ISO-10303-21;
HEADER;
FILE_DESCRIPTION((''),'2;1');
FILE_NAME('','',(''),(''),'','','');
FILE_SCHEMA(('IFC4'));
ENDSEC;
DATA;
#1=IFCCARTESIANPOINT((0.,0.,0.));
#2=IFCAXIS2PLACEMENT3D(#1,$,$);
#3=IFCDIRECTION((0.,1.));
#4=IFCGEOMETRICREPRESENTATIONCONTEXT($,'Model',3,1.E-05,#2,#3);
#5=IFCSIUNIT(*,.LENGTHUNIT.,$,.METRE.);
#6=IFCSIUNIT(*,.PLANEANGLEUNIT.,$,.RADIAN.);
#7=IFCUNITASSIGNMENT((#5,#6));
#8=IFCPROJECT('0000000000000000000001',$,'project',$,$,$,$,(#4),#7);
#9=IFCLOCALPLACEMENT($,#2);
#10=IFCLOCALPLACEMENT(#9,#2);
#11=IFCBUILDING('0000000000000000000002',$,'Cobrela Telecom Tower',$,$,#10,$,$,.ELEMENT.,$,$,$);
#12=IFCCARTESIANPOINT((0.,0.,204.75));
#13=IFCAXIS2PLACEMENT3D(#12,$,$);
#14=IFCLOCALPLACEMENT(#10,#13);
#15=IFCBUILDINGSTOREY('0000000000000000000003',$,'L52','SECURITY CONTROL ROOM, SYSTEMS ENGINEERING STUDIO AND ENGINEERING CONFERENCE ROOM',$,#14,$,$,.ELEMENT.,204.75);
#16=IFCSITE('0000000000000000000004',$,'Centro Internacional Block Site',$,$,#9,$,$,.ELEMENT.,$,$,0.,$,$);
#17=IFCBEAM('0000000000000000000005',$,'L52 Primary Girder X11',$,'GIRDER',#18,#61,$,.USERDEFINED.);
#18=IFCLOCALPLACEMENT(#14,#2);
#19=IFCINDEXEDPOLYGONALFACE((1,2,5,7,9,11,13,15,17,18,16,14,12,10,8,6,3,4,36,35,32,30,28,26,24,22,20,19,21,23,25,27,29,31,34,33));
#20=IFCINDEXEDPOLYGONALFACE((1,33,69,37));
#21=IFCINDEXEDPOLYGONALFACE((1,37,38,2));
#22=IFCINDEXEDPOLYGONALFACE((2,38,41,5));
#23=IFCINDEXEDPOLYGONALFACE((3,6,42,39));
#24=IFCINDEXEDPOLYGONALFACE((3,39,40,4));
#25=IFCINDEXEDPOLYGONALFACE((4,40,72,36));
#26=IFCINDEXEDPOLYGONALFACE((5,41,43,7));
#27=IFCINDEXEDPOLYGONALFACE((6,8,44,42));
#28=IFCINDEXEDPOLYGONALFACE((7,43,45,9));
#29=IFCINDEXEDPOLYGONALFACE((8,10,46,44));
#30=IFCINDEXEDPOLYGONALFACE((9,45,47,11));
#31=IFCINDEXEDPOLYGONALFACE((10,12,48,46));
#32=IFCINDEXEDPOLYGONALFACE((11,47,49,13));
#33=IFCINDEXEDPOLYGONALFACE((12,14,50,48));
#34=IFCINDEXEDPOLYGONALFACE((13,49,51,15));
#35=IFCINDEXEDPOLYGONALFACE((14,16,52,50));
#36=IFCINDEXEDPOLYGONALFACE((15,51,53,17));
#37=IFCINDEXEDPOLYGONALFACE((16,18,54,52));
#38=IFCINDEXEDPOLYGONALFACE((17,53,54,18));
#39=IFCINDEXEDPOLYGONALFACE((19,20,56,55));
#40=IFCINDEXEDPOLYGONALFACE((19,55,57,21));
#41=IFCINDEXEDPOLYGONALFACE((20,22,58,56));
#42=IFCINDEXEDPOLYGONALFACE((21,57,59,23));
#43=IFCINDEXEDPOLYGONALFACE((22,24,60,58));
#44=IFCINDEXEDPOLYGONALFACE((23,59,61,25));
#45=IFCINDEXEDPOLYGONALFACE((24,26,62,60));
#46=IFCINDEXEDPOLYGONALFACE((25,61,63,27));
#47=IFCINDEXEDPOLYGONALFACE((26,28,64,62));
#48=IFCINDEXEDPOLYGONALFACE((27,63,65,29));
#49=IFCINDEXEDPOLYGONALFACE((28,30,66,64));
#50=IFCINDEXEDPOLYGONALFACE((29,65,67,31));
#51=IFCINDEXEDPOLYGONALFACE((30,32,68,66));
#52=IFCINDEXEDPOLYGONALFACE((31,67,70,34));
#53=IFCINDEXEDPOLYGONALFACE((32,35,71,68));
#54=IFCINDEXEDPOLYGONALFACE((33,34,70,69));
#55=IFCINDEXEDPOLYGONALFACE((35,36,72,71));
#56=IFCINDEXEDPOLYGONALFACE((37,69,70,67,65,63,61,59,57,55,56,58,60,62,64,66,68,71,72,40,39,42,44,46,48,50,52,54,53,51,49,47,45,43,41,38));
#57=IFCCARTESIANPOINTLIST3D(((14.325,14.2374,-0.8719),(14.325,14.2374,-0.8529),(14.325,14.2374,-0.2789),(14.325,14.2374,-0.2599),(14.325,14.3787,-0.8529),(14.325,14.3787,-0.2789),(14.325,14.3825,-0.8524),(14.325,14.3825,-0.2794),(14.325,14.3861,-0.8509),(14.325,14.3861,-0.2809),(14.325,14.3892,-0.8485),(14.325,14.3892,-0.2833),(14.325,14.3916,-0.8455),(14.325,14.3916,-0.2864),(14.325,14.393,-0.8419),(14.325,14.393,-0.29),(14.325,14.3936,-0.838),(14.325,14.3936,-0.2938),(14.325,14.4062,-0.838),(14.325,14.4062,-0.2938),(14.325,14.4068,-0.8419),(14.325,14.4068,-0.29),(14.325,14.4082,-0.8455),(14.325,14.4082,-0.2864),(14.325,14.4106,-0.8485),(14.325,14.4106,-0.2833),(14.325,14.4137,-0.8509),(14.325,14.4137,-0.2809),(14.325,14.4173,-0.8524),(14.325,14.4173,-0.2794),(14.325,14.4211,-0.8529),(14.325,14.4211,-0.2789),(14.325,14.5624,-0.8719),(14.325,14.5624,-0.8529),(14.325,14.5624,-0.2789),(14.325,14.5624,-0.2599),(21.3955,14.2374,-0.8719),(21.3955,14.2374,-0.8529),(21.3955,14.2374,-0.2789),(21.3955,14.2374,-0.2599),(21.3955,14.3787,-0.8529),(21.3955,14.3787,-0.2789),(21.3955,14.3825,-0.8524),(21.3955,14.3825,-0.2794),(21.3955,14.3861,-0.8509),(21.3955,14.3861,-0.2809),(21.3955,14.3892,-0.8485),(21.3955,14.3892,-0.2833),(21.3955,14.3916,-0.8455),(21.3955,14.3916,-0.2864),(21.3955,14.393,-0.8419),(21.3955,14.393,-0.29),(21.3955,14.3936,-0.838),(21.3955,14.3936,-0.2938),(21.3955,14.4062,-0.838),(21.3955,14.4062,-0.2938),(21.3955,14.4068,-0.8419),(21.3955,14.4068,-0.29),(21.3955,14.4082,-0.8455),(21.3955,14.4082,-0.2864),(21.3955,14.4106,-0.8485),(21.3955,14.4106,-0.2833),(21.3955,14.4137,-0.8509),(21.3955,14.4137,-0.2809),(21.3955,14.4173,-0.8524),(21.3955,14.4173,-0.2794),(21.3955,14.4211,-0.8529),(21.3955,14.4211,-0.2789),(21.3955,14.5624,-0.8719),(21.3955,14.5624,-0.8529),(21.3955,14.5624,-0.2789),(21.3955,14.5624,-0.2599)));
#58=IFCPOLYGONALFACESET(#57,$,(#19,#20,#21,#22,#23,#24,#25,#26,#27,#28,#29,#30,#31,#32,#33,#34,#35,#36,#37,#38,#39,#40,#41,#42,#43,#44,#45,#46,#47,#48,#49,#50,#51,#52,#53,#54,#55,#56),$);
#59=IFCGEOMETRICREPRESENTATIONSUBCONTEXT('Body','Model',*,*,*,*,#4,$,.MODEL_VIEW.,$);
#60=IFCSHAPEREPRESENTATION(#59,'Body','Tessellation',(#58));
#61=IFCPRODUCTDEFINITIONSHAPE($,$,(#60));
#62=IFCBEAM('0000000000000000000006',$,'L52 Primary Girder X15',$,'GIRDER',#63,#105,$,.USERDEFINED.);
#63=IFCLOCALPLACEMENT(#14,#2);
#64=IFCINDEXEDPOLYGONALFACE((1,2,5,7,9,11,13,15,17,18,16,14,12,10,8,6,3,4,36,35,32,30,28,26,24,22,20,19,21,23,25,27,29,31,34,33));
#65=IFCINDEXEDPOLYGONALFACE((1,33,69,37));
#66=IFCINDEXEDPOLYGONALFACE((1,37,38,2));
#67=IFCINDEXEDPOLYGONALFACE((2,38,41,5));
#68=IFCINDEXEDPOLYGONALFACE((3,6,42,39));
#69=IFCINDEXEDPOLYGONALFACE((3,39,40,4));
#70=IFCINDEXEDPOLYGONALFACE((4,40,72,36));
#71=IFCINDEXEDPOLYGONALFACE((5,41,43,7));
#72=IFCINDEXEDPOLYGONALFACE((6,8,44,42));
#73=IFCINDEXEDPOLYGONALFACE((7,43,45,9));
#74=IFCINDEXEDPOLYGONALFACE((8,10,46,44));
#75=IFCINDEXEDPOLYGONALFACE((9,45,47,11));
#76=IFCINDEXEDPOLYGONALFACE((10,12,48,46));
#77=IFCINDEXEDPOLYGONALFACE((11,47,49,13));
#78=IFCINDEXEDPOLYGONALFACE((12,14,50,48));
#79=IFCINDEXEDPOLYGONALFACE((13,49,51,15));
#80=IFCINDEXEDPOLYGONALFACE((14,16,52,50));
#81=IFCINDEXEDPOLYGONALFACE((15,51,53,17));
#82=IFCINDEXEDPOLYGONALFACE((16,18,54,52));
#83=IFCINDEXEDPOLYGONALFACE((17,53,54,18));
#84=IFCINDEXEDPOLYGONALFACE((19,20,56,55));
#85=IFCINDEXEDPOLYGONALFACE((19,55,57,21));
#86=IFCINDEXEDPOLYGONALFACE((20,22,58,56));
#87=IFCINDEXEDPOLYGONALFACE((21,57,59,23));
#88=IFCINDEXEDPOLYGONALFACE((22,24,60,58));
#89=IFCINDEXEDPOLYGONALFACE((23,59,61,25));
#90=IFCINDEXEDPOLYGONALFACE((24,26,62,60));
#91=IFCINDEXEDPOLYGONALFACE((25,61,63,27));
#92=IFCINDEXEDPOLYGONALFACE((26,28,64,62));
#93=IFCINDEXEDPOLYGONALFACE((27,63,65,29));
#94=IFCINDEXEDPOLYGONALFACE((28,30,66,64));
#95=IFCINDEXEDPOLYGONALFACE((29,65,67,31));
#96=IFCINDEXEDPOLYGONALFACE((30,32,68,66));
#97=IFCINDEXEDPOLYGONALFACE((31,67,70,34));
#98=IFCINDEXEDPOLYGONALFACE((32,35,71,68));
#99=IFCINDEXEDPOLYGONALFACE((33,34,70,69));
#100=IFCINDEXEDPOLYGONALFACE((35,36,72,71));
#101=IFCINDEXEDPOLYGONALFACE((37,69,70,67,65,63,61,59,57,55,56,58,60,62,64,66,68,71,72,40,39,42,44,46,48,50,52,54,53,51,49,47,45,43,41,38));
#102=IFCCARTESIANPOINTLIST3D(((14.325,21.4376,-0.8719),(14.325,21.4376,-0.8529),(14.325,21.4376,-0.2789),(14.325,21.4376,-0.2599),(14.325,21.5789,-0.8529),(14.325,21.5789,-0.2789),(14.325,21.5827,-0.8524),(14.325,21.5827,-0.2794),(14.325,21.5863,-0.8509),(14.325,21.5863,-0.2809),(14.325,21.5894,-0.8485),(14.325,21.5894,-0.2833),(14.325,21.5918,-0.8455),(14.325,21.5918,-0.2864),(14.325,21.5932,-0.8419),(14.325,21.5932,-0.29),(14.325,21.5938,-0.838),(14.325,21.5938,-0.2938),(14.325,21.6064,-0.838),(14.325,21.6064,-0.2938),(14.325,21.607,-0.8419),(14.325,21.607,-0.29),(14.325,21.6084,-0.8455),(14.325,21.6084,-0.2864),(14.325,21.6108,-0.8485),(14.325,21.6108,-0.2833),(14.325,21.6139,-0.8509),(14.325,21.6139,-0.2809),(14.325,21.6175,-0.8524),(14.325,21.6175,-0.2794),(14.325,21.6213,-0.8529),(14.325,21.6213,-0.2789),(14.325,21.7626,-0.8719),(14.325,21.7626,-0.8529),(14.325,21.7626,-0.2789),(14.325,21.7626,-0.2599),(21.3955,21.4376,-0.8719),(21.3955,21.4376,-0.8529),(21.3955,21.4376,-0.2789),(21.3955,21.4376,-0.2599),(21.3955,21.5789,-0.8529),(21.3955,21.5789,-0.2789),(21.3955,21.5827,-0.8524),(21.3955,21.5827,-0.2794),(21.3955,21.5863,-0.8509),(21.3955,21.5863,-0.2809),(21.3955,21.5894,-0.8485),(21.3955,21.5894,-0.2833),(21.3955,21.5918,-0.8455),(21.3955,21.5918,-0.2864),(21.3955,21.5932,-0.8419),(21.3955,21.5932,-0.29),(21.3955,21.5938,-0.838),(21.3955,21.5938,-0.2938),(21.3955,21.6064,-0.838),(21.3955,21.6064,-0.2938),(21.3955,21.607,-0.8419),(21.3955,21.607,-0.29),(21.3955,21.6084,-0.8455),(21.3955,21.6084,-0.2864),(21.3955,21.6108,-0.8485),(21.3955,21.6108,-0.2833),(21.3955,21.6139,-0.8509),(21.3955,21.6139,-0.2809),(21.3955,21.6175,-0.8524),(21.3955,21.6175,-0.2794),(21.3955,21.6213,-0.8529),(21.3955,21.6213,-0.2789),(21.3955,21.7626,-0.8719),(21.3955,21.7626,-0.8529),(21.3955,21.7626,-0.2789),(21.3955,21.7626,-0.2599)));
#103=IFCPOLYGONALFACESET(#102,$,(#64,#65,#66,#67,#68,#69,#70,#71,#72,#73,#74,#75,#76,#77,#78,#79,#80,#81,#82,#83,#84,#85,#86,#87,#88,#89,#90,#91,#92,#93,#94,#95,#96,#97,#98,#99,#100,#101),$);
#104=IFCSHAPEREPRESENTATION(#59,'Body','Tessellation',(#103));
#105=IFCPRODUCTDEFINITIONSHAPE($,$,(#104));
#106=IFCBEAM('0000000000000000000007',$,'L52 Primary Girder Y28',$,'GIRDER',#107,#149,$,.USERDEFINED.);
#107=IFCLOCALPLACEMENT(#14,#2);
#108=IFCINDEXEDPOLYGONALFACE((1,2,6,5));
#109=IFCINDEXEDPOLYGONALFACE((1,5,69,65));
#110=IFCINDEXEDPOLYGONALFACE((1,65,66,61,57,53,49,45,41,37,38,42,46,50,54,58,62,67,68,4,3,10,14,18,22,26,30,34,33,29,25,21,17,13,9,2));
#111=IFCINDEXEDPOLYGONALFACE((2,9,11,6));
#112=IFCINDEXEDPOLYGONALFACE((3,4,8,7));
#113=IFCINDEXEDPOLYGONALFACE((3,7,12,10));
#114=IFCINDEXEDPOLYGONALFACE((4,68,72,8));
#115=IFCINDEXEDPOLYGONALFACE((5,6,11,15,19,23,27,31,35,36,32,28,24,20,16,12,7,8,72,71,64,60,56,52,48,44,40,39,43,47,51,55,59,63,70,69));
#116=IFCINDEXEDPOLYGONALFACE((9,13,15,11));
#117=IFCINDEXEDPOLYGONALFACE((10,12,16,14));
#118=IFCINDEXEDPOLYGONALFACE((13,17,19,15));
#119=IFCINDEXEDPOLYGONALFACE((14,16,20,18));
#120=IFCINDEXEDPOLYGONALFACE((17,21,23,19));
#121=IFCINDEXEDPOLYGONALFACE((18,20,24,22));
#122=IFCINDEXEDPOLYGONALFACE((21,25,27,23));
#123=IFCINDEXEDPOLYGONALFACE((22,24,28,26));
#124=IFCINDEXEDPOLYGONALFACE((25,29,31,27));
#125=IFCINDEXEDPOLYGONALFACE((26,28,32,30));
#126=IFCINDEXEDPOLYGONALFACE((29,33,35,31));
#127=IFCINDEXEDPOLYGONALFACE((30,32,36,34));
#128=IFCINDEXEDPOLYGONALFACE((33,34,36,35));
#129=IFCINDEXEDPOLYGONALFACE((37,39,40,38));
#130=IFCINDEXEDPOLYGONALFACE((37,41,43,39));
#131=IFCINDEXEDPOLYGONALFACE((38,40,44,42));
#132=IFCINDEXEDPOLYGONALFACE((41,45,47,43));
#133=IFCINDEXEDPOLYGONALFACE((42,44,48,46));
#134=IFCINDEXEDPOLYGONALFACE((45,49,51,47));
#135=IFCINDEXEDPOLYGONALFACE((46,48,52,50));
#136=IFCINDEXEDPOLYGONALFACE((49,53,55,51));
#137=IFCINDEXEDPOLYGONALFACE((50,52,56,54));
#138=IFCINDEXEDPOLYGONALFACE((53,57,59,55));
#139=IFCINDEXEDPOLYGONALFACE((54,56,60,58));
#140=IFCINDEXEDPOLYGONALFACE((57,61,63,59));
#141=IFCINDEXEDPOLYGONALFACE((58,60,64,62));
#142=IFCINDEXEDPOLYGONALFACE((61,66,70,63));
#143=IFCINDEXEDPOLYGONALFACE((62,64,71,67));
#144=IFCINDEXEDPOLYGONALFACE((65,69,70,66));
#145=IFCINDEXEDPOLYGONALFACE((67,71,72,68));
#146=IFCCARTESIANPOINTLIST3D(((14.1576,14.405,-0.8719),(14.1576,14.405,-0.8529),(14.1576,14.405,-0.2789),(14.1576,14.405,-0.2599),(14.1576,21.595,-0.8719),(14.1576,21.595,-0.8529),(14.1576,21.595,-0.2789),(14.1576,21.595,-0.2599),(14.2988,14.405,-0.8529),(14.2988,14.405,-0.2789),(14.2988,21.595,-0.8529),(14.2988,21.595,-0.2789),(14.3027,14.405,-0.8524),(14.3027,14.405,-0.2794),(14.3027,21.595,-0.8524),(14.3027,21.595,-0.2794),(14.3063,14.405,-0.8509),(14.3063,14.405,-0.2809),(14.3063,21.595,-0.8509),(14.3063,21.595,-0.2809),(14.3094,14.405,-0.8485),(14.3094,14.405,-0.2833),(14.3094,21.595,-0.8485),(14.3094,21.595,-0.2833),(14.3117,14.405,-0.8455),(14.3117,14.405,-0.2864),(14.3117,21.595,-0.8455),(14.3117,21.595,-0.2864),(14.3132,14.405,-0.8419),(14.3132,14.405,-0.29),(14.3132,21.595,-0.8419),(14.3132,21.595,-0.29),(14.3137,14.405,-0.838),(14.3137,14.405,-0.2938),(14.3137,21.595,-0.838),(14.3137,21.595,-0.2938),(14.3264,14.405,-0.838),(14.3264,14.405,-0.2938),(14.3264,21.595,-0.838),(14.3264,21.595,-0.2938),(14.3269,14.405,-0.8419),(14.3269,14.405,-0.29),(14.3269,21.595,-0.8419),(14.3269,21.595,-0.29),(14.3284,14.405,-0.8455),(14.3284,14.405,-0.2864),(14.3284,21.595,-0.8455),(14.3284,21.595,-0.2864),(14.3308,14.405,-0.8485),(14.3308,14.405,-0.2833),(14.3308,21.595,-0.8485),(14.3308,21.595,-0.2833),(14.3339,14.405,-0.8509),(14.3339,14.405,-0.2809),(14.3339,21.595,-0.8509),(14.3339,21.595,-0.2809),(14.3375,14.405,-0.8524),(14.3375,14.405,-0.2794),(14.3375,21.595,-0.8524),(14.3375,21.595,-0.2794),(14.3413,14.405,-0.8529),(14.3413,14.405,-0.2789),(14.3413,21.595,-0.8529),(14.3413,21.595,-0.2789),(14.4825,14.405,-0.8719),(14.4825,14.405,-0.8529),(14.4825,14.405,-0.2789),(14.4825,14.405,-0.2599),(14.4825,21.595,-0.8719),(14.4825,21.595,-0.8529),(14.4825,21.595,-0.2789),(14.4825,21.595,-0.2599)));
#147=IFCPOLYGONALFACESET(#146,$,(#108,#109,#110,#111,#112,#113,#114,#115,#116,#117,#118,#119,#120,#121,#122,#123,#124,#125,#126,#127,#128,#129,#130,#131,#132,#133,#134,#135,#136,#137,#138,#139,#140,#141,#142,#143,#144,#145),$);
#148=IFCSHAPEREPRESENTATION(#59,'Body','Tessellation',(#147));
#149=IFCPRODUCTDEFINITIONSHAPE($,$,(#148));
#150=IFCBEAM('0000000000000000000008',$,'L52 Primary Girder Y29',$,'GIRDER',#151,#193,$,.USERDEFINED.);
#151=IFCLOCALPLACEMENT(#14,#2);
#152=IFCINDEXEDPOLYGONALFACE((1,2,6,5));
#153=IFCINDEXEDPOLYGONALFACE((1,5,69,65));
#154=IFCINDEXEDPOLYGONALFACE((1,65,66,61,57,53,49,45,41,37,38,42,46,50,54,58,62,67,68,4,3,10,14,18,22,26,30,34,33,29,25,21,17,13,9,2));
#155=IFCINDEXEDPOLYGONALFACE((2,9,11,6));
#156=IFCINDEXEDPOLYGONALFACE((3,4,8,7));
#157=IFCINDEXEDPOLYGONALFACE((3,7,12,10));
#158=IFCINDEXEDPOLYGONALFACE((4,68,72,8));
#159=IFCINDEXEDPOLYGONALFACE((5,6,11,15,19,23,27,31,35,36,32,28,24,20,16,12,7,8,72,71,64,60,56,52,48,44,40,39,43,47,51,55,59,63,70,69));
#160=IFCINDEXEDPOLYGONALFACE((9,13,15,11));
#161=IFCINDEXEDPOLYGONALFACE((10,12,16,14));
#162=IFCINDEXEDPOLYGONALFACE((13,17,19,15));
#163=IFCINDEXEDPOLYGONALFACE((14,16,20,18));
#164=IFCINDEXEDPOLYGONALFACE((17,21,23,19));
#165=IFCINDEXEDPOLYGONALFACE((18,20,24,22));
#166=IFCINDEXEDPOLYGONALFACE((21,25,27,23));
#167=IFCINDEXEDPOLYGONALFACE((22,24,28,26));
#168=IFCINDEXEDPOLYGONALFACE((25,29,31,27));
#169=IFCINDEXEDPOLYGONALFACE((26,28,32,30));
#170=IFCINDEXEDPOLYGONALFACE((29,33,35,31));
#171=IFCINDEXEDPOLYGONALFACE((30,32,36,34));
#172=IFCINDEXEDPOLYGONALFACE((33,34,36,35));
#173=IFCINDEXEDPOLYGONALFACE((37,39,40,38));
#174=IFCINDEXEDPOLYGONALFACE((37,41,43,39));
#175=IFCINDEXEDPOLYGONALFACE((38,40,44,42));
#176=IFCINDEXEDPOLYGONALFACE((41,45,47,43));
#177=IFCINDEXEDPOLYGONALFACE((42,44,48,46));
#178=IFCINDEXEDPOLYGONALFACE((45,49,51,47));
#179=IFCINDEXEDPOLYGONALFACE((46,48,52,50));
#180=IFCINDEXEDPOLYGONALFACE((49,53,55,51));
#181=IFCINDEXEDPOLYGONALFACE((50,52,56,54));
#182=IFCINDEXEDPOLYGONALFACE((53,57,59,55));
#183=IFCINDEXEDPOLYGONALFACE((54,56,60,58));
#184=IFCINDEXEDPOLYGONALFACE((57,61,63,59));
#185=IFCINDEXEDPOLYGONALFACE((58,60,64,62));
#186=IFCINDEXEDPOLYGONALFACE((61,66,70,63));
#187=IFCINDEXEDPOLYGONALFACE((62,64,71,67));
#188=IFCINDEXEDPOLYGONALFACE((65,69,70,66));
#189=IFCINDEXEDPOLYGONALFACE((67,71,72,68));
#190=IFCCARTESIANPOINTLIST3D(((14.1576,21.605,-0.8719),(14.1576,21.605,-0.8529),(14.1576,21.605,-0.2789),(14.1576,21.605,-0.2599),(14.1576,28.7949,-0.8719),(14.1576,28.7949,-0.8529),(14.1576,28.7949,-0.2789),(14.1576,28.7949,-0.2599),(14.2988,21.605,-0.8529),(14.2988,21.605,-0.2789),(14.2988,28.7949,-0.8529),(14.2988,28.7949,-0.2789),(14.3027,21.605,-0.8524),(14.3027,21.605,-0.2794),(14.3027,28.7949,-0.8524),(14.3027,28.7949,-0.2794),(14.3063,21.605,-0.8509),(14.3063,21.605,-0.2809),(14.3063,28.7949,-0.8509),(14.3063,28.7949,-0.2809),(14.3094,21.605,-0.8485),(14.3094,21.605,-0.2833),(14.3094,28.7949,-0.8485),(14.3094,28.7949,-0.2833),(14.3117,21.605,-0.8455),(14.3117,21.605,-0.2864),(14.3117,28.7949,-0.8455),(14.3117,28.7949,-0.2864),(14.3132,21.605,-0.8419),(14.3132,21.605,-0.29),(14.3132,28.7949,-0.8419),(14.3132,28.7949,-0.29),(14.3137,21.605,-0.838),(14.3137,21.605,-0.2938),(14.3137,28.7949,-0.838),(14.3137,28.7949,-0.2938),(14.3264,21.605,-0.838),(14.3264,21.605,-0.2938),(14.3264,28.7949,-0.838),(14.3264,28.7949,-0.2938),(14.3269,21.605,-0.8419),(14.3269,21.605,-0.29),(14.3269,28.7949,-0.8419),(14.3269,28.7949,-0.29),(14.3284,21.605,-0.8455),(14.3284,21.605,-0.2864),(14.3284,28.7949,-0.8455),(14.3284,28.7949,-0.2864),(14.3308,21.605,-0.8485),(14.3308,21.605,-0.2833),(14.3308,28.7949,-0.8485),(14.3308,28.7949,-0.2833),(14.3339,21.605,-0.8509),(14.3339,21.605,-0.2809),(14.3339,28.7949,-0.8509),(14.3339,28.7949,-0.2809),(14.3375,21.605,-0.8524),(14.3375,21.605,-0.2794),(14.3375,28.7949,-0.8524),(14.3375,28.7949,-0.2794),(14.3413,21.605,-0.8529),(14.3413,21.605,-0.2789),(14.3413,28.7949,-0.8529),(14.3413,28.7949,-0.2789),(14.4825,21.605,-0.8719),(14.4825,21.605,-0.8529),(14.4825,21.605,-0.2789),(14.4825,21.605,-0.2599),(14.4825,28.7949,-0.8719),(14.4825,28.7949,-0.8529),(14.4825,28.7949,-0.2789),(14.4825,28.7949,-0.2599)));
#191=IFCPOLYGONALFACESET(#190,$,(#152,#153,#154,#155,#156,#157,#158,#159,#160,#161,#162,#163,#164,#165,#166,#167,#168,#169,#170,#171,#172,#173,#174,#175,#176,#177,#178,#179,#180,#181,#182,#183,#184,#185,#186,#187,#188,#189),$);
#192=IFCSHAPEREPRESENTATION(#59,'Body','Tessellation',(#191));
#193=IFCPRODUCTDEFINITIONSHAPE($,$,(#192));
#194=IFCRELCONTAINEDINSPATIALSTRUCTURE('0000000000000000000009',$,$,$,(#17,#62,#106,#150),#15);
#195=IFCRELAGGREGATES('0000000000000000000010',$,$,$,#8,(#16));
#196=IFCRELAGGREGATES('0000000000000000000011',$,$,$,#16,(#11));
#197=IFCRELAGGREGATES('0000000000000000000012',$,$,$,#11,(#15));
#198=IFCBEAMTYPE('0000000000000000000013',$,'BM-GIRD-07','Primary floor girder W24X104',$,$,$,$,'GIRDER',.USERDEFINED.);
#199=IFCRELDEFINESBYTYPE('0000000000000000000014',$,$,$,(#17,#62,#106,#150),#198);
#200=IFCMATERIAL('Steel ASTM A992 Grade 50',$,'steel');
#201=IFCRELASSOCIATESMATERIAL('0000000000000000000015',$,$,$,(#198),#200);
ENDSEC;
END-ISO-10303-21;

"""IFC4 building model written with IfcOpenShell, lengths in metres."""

from ifc_helpers import new_model, si_unit, direction, frame, origin, origin_2d, place, context, subcontext, project, spatial, i_section, extrude, material, material_profile, profile_set, type_object, element, save


model = new_model("IFC4")

# Units and contexts
model_context = context("Model", 3, precision=1e-05, world=origin(), true_north=direction((0.0, 1.0)))
body_context = subcontext(model_context, "Body", "Model", "MODEL_VIEW")
ifc_project = project(units=[si_unit("LENGTHUNIT", "METRE"), si_unit("PLANEANGLEUNIT", "RADIAN")], contexts=[model_context])

# Site, building, storey
site_placement = place(None, origin())
site = spatial("IfcSite", under=ifc_project, at=site_placement, Name="Centro Internacional Block Site", CompositionType="ELEMENT", RefElevation=0.0)
building_placement = place(site_placement, origin())
building = spatial("IfcBuilding", under=site, at=building_placement, Name="Cobrela Telecom Tower", CompositionType="ELEMENT")
storey_placement = place(building_placement, frame((0.0, 0.0, 204.75)))
storey = spatial("IfcBuildingStorey", under=building, at=storey_placement, Name="L52", Description="SECURITY CONTROL ROOM, SYSTEMS ENGINEERING STUDIO AND ENGINEERING CONFERENCE ROOM", CompositionType="ELEMENT", Elevation=204.75)

# Beams
ifc_material_1 = material(Name="Steel ASTM A992 Grade 50", Category="steel")
ifc_material_profile_1 = material_profile(ifc_material_1, i_section(OverallWidth=0.325, OverallDepth=0.6121, WebThickness=0.0127, FlangeThickness=0.019, FilletRadius=0.0149, at=origin_2d()), Name="W24X104")
ifc_profile_set_1 = profile_set([ifc_material_profile_1], Name="Steel ASTM A992 Grade 50")
beam_type_1 = type_object("IfcBeamType", Name="BM-GIRD-07", Description="Primary floor girder W24X104", ElementType="GIRDER", PredefinedType="USERDEFINED", material=ifc_profile_set_1)
for number, where, z_axis, x_axis, name in (
    (1, (14.325, 14.3999, -0.5659), (1.0, 0.0, 0.0), (0.0, 1.0, 0.0), "L52 Primary Girder X11"),
    (2, (14.325, 21.6001, -0.5659), (1.0, 0.0, 0.0), (0.0, 1.0, 0.0), "L52 Primary Girder X15"),
):
    element("IfcBeam", number, at=place(storey_placement, frame(where, z_axis=z_axis, x_axis=x_axis)), inside=storey, type_object=beam_type_1, Name=name, ObjectType="GIRDER", PredefinedType="USERDEFINED", context=body_context, shape_type="SweptSolid", body=[
        extrude(i_section(OverallWidth=0.325, OverallDepth=0.6121, WebThickness=0.0127, FlangeThickness=0.019, FilletRadius=0.0149, at=origin_2d()), origin(), (0.0, 0.0, 1.0), 7.0706),
    ])
for number, where, z_axis, x_axis, name in (
    (3, (14.3201, 14.405, -0.5659), (0.0, 1.0, 0.0), (-1.0, 0.0, 0.0), "L52 Primary Girder Y28"),
    (4, (14.3201, 21.605, -0.5659), (0.0, 1.0, 0.0), (-1.0, 0.0, 0.0), "L52 Primary Girder Y29"),
):
    element("IfcBeam", number, at=place(storey_placement, frame(where, z_axis=z_axis, x_axis=x_axis)), inside=storey, type_object=beam_type_1, Name=name, ObjectType="GIRDER", PredefinedType="USERDEFINED", context=body_context, shape_type="SweptSolid", body=[
        extrude(i_section(OverallWidth=0.325, OverallDepth=0.6121, WebThickness=0.0127, FlangeThickness=0.019, FilletRadius=0.0149, at=origin_2d()), origin(), (0.0, 0.0, 1.0), 7.1899),
    ])

save(model, "model.ifc")
